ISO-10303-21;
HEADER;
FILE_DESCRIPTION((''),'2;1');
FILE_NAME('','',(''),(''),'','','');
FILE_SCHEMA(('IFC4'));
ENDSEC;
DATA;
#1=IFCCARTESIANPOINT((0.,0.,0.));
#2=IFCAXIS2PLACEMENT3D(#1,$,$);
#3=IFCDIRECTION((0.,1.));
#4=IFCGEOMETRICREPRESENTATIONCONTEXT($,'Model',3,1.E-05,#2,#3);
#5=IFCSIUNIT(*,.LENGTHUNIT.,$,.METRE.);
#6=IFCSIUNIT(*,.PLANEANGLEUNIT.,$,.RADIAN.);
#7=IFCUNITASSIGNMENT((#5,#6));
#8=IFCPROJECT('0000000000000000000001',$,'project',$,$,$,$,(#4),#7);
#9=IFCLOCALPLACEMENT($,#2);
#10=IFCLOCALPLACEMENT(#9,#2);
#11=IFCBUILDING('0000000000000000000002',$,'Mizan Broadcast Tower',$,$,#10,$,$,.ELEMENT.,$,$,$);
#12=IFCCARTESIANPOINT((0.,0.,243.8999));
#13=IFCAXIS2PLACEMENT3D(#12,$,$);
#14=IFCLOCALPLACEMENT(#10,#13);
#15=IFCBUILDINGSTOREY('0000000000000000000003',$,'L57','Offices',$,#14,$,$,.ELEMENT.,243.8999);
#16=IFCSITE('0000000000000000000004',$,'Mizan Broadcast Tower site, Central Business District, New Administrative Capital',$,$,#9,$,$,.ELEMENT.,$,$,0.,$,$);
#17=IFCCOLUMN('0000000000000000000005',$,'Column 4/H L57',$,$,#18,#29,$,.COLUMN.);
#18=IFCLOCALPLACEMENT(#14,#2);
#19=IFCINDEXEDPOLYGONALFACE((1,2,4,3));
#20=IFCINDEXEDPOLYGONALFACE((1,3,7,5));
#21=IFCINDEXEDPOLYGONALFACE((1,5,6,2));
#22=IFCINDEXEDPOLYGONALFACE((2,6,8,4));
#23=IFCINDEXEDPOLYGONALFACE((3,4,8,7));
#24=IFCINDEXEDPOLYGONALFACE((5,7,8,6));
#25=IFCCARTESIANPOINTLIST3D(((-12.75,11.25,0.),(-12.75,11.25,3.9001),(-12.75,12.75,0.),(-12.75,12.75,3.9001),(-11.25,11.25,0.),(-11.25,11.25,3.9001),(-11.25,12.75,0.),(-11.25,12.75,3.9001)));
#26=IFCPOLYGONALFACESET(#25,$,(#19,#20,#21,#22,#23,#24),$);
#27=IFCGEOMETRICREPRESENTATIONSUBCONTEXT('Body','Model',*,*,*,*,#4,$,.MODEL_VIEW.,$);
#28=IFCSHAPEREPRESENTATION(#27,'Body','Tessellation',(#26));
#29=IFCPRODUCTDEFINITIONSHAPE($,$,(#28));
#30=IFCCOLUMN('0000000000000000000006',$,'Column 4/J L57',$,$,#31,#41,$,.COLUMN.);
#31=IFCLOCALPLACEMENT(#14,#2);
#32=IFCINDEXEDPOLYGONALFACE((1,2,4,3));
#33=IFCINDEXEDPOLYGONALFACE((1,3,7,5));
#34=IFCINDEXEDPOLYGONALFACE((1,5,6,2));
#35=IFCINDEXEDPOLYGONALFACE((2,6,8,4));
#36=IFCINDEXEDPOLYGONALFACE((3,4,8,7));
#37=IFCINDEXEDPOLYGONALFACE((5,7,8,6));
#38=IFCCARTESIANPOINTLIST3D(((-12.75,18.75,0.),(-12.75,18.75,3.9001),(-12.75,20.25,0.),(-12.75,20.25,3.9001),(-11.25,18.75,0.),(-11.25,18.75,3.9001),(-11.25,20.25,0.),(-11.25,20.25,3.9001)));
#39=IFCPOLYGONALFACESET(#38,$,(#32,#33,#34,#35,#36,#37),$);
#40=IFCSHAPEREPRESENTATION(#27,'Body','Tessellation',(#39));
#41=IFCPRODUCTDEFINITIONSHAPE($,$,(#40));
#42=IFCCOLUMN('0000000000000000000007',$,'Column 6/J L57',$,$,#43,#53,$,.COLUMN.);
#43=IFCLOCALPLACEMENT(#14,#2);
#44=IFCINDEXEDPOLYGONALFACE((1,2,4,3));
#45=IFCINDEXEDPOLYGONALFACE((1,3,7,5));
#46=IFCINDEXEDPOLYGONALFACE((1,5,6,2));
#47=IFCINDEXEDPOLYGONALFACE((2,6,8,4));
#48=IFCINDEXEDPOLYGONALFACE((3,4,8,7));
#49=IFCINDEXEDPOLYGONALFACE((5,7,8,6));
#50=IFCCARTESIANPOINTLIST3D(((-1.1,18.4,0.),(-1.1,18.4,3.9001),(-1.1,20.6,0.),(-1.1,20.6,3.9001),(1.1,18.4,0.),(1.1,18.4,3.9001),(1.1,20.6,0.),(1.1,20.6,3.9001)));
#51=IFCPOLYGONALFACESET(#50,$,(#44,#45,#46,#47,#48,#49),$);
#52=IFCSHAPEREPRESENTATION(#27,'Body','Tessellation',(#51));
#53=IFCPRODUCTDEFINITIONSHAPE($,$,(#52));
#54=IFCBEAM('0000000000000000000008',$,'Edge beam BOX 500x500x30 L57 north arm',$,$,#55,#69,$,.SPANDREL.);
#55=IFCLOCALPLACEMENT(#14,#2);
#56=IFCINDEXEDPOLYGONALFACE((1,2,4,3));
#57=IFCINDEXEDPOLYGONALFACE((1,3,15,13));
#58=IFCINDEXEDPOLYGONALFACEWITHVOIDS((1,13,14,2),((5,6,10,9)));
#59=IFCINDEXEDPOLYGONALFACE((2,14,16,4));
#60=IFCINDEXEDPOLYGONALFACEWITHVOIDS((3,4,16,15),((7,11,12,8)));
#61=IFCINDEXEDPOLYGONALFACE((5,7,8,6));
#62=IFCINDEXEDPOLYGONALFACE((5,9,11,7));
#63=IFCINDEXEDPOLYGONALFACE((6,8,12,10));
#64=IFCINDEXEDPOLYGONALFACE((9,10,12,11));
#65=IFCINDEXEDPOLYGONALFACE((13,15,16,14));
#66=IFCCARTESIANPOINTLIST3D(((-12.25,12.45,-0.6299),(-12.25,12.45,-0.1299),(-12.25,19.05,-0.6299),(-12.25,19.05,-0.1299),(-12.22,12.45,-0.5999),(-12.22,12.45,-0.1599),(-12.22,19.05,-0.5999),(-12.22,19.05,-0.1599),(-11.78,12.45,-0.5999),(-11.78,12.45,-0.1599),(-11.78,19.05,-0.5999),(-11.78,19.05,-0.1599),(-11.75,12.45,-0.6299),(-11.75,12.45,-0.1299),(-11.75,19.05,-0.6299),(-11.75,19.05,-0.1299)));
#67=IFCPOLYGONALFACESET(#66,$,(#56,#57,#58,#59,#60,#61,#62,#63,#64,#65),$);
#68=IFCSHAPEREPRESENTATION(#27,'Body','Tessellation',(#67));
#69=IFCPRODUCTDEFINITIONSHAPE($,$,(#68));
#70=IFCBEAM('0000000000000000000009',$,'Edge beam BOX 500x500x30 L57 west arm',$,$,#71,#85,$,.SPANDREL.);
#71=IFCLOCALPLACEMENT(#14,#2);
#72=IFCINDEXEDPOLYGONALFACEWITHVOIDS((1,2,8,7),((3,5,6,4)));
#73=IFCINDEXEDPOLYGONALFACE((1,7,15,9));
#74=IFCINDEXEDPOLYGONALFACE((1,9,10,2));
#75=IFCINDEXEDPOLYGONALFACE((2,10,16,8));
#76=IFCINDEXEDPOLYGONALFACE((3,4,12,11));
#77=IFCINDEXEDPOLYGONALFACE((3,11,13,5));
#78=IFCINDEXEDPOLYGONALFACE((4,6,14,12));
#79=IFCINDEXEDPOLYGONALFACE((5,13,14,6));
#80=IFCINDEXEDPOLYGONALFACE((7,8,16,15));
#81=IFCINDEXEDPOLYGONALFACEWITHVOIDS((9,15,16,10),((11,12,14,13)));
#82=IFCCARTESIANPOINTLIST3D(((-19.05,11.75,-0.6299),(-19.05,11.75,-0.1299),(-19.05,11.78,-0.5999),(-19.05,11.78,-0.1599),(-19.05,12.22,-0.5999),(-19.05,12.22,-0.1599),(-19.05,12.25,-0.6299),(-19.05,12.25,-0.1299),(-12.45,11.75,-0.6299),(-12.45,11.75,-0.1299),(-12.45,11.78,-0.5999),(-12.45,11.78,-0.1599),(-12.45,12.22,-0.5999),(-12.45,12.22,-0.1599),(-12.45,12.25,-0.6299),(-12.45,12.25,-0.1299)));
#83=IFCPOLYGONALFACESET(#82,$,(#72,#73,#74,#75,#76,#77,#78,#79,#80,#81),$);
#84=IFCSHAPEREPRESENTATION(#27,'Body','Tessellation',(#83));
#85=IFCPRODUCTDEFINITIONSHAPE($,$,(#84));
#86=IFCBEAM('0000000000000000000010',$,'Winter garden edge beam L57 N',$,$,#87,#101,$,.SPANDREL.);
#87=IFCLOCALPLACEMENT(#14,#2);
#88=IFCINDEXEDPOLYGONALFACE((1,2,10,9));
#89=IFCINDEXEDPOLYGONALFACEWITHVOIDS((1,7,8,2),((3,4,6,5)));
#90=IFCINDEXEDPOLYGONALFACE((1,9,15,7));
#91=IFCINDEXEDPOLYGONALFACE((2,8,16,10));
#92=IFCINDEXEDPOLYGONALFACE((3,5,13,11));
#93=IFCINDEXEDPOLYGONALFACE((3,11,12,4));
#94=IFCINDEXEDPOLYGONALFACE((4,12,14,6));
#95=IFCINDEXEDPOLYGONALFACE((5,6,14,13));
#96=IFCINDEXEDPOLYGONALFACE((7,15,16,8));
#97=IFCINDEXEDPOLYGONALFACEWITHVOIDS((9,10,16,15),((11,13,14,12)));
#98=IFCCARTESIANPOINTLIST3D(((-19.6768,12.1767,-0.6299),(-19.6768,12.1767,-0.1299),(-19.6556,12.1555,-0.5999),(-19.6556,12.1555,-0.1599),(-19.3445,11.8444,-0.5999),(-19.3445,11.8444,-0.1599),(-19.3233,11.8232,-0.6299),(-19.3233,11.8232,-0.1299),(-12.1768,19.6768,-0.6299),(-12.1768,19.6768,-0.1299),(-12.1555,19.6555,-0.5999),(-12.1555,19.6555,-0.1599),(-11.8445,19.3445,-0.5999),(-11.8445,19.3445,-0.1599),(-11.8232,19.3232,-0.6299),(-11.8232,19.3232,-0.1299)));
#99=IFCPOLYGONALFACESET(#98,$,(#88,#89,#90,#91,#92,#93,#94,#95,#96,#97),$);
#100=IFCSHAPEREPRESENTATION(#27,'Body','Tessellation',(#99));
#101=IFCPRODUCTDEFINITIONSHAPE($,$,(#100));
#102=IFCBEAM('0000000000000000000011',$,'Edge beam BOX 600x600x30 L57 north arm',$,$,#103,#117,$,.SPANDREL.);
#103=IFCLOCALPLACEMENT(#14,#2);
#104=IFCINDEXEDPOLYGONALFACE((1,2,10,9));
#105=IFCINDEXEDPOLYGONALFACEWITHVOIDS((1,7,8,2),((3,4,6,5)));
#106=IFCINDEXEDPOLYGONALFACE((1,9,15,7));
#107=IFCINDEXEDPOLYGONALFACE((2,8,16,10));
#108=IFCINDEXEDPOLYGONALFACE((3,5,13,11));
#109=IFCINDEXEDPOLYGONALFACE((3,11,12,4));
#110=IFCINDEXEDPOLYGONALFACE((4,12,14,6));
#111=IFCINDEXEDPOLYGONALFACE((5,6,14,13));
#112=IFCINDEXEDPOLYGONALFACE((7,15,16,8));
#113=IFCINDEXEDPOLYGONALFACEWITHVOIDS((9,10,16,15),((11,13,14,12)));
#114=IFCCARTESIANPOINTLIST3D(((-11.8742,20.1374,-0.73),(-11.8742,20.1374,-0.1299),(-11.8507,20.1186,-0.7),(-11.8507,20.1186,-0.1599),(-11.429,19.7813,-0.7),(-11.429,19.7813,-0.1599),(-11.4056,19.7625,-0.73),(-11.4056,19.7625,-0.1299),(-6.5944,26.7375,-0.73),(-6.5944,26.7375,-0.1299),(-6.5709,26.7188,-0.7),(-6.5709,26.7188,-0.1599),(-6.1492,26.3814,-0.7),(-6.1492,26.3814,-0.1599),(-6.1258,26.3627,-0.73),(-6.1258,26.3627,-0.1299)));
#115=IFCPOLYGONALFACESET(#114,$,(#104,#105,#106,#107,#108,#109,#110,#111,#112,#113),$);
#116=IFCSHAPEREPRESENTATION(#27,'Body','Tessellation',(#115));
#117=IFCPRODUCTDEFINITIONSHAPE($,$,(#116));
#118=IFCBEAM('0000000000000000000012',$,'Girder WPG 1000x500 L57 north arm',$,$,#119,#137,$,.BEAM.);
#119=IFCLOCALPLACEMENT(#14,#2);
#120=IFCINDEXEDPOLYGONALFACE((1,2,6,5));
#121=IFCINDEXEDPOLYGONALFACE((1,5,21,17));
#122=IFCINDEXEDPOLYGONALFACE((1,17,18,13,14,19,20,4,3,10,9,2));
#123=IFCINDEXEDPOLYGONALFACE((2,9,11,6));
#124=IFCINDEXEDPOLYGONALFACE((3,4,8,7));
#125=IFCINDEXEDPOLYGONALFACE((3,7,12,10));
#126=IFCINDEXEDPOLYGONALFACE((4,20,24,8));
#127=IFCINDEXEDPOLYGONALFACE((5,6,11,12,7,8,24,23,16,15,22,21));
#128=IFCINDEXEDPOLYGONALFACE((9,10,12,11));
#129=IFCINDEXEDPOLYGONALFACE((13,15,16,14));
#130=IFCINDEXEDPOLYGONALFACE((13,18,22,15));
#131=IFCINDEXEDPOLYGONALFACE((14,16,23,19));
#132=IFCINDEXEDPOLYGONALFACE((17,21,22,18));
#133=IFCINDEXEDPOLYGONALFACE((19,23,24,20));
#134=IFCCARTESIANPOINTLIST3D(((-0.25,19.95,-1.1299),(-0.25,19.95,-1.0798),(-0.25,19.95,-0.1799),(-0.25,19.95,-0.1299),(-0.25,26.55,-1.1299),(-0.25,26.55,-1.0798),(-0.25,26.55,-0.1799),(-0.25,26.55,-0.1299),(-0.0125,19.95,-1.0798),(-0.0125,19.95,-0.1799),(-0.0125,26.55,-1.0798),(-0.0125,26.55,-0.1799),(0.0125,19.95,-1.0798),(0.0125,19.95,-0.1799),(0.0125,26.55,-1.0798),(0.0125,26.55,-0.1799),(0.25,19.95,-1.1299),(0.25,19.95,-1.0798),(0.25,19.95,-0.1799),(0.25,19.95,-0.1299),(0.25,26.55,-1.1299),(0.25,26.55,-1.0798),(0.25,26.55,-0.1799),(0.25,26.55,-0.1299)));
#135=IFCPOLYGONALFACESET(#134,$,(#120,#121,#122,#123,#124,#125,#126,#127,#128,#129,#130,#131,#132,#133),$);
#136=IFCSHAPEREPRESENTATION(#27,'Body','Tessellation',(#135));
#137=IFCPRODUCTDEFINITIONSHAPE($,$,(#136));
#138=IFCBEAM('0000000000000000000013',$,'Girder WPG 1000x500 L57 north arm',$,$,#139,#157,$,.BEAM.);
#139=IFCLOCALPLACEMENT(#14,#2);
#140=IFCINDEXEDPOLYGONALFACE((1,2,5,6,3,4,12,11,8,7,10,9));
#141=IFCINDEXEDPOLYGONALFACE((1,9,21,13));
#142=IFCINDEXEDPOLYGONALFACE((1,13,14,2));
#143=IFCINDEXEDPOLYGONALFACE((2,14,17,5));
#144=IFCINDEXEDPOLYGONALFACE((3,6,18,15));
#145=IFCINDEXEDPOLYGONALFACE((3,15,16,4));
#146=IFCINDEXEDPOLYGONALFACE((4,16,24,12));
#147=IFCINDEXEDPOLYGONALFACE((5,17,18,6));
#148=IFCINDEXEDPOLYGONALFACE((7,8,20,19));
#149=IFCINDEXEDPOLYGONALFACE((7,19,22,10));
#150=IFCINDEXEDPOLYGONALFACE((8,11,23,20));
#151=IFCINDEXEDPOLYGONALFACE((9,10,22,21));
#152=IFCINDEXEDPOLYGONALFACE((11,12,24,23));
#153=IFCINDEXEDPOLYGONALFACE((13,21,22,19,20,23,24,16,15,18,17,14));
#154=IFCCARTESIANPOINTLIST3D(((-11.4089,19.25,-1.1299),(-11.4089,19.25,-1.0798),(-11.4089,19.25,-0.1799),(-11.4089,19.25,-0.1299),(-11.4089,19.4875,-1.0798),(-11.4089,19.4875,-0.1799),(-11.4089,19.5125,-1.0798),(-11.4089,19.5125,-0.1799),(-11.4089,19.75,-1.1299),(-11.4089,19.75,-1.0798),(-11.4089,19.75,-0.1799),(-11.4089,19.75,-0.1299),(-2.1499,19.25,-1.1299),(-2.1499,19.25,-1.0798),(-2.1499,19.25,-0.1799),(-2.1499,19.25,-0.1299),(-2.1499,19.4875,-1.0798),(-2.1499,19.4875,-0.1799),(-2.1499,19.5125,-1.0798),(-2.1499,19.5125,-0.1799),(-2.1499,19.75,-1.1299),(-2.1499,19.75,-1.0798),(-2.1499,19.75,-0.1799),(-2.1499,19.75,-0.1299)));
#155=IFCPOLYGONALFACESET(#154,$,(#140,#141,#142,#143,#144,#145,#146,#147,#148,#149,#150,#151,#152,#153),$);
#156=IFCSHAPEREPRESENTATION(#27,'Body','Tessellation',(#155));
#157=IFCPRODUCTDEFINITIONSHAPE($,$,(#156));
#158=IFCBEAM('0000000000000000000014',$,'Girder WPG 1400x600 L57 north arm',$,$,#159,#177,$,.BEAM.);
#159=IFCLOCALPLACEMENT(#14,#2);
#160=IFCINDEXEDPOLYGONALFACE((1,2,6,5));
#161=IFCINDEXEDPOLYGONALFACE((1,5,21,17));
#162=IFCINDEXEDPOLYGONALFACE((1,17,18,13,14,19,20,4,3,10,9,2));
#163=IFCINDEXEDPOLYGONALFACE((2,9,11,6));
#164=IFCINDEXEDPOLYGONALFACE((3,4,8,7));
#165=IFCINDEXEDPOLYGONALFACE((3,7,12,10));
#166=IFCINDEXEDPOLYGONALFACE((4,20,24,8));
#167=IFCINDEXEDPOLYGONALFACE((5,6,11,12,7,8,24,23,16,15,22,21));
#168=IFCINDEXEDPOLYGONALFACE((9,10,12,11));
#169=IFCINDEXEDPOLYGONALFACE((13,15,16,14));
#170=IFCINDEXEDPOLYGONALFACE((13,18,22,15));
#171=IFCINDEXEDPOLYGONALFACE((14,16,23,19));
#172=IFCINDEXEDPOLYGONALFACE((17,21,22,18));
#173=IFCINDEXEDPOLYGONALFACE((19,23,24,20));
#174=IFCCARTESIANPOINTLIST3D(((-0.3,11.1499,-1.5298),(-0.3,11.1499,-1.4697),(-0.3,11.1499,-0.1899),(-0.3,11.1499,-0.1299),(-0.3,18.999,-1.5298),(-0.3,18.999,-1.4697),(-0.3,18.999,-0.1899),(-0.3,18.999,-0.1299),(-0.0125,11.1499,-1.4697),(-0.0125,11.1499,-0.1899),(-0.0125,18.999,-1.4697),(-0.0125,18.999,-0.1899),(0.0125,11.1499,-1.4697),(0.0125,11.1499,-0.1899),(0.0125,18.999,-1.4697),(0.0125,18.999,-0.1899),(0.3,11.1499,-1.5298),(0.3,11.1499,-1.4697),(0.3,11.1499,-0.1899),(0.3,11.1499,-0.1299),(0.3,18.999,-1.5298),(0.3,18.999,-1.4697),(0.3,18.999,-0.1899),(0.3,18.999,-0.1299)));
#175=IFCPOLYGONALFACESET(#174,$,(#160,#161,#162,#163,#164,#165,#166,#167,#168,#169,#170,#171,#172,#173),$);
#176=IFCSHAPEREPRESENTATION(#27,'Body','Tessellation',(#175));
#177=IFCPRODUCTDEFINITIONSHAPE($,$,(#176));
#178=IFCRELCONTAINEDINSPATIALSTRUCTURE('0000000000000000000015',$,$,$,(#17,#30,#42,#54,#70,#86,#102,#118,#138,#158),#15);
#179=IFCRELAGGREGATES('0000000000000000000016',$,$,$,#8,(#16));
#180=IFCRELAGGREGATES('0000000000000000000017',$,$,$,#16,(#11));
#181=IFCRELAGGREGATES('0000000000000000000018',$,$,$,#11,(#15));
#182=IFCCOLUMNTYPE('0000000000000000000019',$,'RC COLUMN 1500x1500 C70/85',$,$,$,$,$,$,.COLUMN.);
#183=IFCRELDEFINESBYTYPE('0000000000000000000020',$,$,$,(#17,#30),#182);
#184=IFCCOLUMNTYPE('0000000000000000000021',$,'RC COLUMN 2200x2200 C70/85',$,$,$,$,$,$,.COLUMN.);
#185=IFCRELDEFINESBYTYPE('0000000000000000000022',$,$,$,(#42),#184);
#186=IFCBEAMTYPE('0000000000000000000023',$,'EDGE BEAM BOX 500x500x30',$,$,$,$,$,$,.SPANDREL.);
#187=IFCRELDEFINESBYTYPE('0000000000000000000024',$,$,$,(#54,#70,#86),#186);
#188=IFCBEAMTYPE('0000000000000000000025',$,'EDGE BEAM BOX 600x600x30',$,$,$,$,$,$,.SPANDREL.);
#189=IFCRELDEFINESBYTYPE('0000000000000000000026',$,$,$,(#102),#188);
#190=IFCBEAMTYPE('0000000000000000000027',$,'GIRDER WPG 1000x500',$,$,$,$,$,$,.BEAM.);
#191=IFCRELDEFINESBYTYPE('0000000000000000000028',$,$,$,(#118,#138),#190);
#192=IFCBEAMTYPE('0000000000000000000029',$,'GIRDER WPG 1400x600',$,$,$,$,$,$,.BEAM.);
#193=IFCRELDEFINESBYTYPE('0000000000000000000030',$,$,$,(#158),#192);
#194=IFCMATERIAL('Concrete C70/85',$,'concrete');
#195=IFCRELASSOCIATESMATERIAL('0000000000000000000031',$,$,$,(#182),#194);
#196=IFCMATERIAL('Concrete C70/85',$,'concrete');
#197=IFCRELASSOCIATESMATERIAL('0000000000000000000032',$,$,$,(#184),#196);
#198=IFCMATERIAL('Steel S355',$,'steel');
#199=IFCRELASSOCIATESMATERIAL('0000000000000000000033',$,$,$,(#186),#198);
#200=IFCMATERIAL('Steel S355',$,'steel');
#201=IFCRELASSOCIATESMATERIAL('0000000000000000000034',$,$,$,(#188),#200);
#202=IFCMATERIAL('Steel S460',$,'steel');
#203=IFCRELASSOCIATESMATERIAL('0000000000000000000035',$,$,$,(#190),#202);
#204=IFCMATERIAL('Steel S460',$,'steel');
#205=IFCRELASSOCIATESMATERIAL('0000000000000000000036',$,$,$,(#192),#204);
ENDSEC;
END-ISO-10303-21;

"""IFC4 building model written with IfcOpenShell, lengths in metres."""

from ifc_helpers import new_model, si_unit, direction, frame, origin, origin_2d, place, context, subcontext, project, spatial, rectangle, hollow_rectangle, i_section, extrude, material, material_profile, profile_set, type_object, element, save


model = new_model("IFC4")

# Units and contexts
model_context = context("Model", 3, precision=1e-05, world=origin(), true_north=direction((0.0, 1.0)))
body_context = subcontext(model_context, "Body", "Model", "MODEL_VIEW")
ifc_project = project(units=[si_unit("LENGTHUNIT", "METRE"), si_unit("PLANEANGLEUNIT", "RADIAN")], contexts=[model_context])

# Site, building, storey
site_placement = place(None, origin())
site = spatial("IfcSite", under=ifc_project, at=site_placement, Name="Mizan Broadcast Tower site, Central Business District, New Administrative Capital", CompositionType="ELEMENT", RefElevation=0.0)
building_placement = place(site_placement, origin())
building = spatial("IfcBuilding", under=site, at=building_placement, Name="Mizan Broadcast Tower", CompositionType="ELEMENT")
storey_placement = place(building_placement, frame((0.0, 0.0, 243.8999)))
storey = spatial("IfcBuildingStorey", under=building, at=storey_placement, Name="L57", Description="Offices", CompositionType="ELEMENT", Elevation=243.8999)

# Columns
ifc_material_1 = material(Name="Concrete C70/85", Category="concrete")
ifc_material_profile_1 = material_profile(ifc_material_1, rectangle(XDim=1.5, YDim=1.5, at=origin_2d()), Name="RC 1500x1500")
ifc_profile_set_1 = profile_set([ifc_material_profile_1], Name="Concrete C70/85")
column_type_1 = type_object("IfcColumnType", Name="RC COLUMN 1500x1500 C70/85", PredefinedType="COLUMN", material=ifc_profile_set_1)
for number, where, z_axis, x_axis, name in (
    (1, (-12.0, 12.0, 0.0), (0.0, 0.0, 1.0), (1.0, 0.0, 0.0), "Column 4/H L57"),
    (2, (-12.0, 19.5, 0.0), (0.0, 0.0, 1.0), (1.0, 0.0, 0.0), "Column 4/J L57"),
):
    element("IfcColumn", number, at=place(storey_placement, frame(where, z_axis=z_axis, x_axis=x_axis)), inside=storey, type_object=column_type_1, Name=name, PredefinedType="COLUMN", context=body_context, shape_type="SweptSolid", body=[
        extrude(rectangle(XDim=1.5, YDim=1.5, at=origin_2d()), origin(), (0.0, 0.0, 1.0), 3.9001),
    ])
ifc_material_2 = material(Name="Concrete C70/85", Category="concrete")
ifc_material_profile_2 = material_profile(ifc_material_2, rectangle(XDim=2.2, YDim=2.2, at=origin_2d()), Name="RC 2200x2200")
ifc_profile_set_2 = profile_set([ifc_material_profile_2], Name="Concrete C70/85")
column_type_2 = type_object("IfcColumnType", Name="RC COLUMN 2200x2200 C70/85", PredefinedType="COLUMN", material=ifc_profile_set_2)
column_placement = place(storey_placement, frame((0.0, 19.5, 0.0), z_axis=(0.0, 0.0, 1.0), x_axis=(1.0, 0.0, 0.0)))
element("IfcColumn", 3, at=column_placement, inside=storey, type_object=column_type_2, Name="Column 6/J L57", PredefinedType="COLUMN", context=body_context, shape_type="SweptSolid", body=[
    extrude(rectangle(XDim=2.2, YDim=2.2, at=origin_2d()), origin(), (0.0, 0.0, 1.0), 3.9001),
])

# Beams
ifc_material_3 = material(Name="Steel S355", Category="steel")
ifc_material_profile_3 = material_profile(ifc_material_3, hollow_rectangle(XDim=0.5, YDim=0.5, WallThickness=0.03, at=origin_2d()), Name="BOX 500x500x30")
ifc_profile_set_3 = profile_set([ifc_material_profile_3], Name="Steel S355")
beam_type_1 = type_object("IfcBeamType", Name="EDGE BEAM BOX 500x500x30", PredefinedType="SPANDREL", material=ifc_profile_set_3)
for number, where, z_axis, x_axis, name in (
    (4, (-12.0, 12.45, -0.3799), (0.0, 1.0, 0.0), (-1.0, 0.0, 0.0), "Edge beam BOX 500x500x30 L57 north arm"),
    (5, (-12.45, 12.0, -0.3799), (-1.0, 0.0, 0.0), (0.0, -1.0, 0.0), "Edge beam BOX 500x500x30 L57 west arm"),
):
    element("IfcBeam", number, at=place(storey_placement, frame(where, z_axis=z_axis, x_axis=x_axis)), inside=storey, type_object=beam_type_1, Name=name, PredefinedType="SPANDREL", context=body_context, shape_type="SweptSolid", body=[
        extrude(hollow_rectangle(XDim=0.5, YDim=0.5, WallThickness=0.03, at=origin_2d()), origin(), (0.0, 0.0, 1.0), 6.6001),
    ])
beam_1_placement = place(storey_placement, frame((-12.0, 19.5, -0.3799), z_axis=(-0.707107, -0.707107, 0.0), x_axis=(0.707107, -0.707107, 0.0)))
element("IfcBeam", 6, at=beam_1_placement, inside=storey, type_object=beam_type_1, Name="Winter garden edge beam L57 N", PredefinedType="SPANDREL", context=body_context, shape_type="SweptSolid", body=[
    extrude(hollow_rectangle(XDim=0.5, YDim=0.5, WallThickness=0.03, at=origin_2d()), origin(), (0.0, 0.0, 1.0), 10.6067),
])
ifc_material_4 = material(Name="Steel S355", Category="steel")
ifc_material_profile_4 = material_profile(ifc_material_4, hollow_rectangle(XDim=0.6001, YDim=0.6001, WallThickness=0.03, at=origin_2d()), Name="BOX 600x600x30")
ifc_profile_set_4 = profile_set([ifc_material_profile_4], Name="Steel S355")
beam_type_2 = type_object("IfcBeamType", Name="EDGE BEAM BOX 600x600x30", PredefinedType="SPANDREL", material=ifc_profile_set_4)
beam_2_placement = place(storey_placement, frame((-11.6399, 19.95, -0.4299), z_axis=(0.624674, 0.780886, 0.0), x_axis=(-0.780886, 0.624674, 0.0)))
element("IfcBeam", 7, at=beam_2_placement, inside=storey, type_object=beam_type_2, Name="Edge beam BOX 600x600x30 L57 north arm", PredefinedType="SPANDREL", context=body_context, shape_type="SweptSolid", body=[
    extrude(hollow_rectangle(XDim=0.6001, YDim=0.6001, WallThickness=0.03, at=origin_2d()), origin(), (0.0, 0.0, 1.0), 8.4521),
])
ifc_material_5 = material(Name="Steel S460", Category="steel")
ifc_material_profile_5 = material_profile(ifc_material_5, i_section(OverallWidth=0.5, OverallDepth=1.0, WebThickness=0.0249, FlangeThickness=0.05, at=origin_2d()), Name="WPG 1000x500")
ifc_profile_set_5 = profile_set([ifc_material_profile_5], Name="Steel S460")
beam_type_3 = type_object("IfcBeamType", Name="GIRDER WPG 1000x500", PredefinedType="BEAM", material=ifc_profile_set_5)
beam_3_placement = place(storey_placement, frame((0.0, 19.95, -0.6299), z_axis=(0.0, 1.0, 0.0), x_axis=(-1.0, 0.0, 0.0)))
element("IfcBeam", 8, at=beam_3_placement, inside=storey, type_object=beam_type_3, Name="Girder WPG 1000x500 L57 north arm", PredefinedType="BEAM", context=body_context, shape_type="SweptSolid", body=[
    extrude(i_section(OverallWidth=0.5, OverallDepth=1.0, WebThickness=0.0249, FlangeThickness=0.05, at=origin_2d()), origin(), (0.0, 0.0, 1.0), 6.6001),
])
beam_4_placement = place(storey_placement, frame((-11.4089, 19.5, -0.6299), z_axis=(1.0, 0.0, 0.0), x_axis=(0.0, 1.0, 0.0)))
element("IfcBeam", 9, at=beam_4_placement, inside=storey, type_object=beam_type_3, Name="Girder WPG 1000x500 L57 north arm", PredefinedType="BEAM", context=body_context, shape_type="SweptSolid", body=[
    extrude(i_section(OverallWidth=0.5, OverallDepth=1.0, WebThickness=0.0249, FlangeThickness=0.05, at=origin_2d()), origin(), (0.0, 0.0, 1.0), 9.259),
])
ifc_material_6 = material(Name="Steel S460", Category="steel")
ifc_material_profile_6 = material_profile(ifc_material_6, i_section(OverallWidth=0.6001, OverallDepth=1.3999, WebThickness=0.0249, FlangeThickness=0.0601, at=origin_2d()), Name="WPG 1400x600")
ifc_profile_set_6 = profile_set([ifc_material_profile_6], Name="Steel S460")
beam_type_4 = type_object("IfcBeamType", Name="GIRDER WPG 1400x600", PredefinedType="BEAM", material=ifc_profile_set_6)
for number, where, z_axis, x_axis, name in (
    (10, (0.0, 11.1499, -0.8298), (0.0, 1.0, 0.0), (-1.0, 0.0, 0.0), "Girder WPG 1400x600 L57 north arm"),
):
    element("IfcBeam", number, at=place(storey_placement, frame(where, z_axis=z_axis, x_axis=x_axis)), inside=storey, type_object=beam_type_4, Name=name, PredefinedType="BEAM", context=body_context, shape_type="SweptSolid", body=[
        extrude(i_section(OverallWidth=0.6001, OverallDepth=1.3999, WebThickness=0.0249, FlangeThickness=0.0601, at=origin_2d()), origin(), (0.0, 0.0, 1.0), 7.8491),
    ])

save(model, "model.ifc")
